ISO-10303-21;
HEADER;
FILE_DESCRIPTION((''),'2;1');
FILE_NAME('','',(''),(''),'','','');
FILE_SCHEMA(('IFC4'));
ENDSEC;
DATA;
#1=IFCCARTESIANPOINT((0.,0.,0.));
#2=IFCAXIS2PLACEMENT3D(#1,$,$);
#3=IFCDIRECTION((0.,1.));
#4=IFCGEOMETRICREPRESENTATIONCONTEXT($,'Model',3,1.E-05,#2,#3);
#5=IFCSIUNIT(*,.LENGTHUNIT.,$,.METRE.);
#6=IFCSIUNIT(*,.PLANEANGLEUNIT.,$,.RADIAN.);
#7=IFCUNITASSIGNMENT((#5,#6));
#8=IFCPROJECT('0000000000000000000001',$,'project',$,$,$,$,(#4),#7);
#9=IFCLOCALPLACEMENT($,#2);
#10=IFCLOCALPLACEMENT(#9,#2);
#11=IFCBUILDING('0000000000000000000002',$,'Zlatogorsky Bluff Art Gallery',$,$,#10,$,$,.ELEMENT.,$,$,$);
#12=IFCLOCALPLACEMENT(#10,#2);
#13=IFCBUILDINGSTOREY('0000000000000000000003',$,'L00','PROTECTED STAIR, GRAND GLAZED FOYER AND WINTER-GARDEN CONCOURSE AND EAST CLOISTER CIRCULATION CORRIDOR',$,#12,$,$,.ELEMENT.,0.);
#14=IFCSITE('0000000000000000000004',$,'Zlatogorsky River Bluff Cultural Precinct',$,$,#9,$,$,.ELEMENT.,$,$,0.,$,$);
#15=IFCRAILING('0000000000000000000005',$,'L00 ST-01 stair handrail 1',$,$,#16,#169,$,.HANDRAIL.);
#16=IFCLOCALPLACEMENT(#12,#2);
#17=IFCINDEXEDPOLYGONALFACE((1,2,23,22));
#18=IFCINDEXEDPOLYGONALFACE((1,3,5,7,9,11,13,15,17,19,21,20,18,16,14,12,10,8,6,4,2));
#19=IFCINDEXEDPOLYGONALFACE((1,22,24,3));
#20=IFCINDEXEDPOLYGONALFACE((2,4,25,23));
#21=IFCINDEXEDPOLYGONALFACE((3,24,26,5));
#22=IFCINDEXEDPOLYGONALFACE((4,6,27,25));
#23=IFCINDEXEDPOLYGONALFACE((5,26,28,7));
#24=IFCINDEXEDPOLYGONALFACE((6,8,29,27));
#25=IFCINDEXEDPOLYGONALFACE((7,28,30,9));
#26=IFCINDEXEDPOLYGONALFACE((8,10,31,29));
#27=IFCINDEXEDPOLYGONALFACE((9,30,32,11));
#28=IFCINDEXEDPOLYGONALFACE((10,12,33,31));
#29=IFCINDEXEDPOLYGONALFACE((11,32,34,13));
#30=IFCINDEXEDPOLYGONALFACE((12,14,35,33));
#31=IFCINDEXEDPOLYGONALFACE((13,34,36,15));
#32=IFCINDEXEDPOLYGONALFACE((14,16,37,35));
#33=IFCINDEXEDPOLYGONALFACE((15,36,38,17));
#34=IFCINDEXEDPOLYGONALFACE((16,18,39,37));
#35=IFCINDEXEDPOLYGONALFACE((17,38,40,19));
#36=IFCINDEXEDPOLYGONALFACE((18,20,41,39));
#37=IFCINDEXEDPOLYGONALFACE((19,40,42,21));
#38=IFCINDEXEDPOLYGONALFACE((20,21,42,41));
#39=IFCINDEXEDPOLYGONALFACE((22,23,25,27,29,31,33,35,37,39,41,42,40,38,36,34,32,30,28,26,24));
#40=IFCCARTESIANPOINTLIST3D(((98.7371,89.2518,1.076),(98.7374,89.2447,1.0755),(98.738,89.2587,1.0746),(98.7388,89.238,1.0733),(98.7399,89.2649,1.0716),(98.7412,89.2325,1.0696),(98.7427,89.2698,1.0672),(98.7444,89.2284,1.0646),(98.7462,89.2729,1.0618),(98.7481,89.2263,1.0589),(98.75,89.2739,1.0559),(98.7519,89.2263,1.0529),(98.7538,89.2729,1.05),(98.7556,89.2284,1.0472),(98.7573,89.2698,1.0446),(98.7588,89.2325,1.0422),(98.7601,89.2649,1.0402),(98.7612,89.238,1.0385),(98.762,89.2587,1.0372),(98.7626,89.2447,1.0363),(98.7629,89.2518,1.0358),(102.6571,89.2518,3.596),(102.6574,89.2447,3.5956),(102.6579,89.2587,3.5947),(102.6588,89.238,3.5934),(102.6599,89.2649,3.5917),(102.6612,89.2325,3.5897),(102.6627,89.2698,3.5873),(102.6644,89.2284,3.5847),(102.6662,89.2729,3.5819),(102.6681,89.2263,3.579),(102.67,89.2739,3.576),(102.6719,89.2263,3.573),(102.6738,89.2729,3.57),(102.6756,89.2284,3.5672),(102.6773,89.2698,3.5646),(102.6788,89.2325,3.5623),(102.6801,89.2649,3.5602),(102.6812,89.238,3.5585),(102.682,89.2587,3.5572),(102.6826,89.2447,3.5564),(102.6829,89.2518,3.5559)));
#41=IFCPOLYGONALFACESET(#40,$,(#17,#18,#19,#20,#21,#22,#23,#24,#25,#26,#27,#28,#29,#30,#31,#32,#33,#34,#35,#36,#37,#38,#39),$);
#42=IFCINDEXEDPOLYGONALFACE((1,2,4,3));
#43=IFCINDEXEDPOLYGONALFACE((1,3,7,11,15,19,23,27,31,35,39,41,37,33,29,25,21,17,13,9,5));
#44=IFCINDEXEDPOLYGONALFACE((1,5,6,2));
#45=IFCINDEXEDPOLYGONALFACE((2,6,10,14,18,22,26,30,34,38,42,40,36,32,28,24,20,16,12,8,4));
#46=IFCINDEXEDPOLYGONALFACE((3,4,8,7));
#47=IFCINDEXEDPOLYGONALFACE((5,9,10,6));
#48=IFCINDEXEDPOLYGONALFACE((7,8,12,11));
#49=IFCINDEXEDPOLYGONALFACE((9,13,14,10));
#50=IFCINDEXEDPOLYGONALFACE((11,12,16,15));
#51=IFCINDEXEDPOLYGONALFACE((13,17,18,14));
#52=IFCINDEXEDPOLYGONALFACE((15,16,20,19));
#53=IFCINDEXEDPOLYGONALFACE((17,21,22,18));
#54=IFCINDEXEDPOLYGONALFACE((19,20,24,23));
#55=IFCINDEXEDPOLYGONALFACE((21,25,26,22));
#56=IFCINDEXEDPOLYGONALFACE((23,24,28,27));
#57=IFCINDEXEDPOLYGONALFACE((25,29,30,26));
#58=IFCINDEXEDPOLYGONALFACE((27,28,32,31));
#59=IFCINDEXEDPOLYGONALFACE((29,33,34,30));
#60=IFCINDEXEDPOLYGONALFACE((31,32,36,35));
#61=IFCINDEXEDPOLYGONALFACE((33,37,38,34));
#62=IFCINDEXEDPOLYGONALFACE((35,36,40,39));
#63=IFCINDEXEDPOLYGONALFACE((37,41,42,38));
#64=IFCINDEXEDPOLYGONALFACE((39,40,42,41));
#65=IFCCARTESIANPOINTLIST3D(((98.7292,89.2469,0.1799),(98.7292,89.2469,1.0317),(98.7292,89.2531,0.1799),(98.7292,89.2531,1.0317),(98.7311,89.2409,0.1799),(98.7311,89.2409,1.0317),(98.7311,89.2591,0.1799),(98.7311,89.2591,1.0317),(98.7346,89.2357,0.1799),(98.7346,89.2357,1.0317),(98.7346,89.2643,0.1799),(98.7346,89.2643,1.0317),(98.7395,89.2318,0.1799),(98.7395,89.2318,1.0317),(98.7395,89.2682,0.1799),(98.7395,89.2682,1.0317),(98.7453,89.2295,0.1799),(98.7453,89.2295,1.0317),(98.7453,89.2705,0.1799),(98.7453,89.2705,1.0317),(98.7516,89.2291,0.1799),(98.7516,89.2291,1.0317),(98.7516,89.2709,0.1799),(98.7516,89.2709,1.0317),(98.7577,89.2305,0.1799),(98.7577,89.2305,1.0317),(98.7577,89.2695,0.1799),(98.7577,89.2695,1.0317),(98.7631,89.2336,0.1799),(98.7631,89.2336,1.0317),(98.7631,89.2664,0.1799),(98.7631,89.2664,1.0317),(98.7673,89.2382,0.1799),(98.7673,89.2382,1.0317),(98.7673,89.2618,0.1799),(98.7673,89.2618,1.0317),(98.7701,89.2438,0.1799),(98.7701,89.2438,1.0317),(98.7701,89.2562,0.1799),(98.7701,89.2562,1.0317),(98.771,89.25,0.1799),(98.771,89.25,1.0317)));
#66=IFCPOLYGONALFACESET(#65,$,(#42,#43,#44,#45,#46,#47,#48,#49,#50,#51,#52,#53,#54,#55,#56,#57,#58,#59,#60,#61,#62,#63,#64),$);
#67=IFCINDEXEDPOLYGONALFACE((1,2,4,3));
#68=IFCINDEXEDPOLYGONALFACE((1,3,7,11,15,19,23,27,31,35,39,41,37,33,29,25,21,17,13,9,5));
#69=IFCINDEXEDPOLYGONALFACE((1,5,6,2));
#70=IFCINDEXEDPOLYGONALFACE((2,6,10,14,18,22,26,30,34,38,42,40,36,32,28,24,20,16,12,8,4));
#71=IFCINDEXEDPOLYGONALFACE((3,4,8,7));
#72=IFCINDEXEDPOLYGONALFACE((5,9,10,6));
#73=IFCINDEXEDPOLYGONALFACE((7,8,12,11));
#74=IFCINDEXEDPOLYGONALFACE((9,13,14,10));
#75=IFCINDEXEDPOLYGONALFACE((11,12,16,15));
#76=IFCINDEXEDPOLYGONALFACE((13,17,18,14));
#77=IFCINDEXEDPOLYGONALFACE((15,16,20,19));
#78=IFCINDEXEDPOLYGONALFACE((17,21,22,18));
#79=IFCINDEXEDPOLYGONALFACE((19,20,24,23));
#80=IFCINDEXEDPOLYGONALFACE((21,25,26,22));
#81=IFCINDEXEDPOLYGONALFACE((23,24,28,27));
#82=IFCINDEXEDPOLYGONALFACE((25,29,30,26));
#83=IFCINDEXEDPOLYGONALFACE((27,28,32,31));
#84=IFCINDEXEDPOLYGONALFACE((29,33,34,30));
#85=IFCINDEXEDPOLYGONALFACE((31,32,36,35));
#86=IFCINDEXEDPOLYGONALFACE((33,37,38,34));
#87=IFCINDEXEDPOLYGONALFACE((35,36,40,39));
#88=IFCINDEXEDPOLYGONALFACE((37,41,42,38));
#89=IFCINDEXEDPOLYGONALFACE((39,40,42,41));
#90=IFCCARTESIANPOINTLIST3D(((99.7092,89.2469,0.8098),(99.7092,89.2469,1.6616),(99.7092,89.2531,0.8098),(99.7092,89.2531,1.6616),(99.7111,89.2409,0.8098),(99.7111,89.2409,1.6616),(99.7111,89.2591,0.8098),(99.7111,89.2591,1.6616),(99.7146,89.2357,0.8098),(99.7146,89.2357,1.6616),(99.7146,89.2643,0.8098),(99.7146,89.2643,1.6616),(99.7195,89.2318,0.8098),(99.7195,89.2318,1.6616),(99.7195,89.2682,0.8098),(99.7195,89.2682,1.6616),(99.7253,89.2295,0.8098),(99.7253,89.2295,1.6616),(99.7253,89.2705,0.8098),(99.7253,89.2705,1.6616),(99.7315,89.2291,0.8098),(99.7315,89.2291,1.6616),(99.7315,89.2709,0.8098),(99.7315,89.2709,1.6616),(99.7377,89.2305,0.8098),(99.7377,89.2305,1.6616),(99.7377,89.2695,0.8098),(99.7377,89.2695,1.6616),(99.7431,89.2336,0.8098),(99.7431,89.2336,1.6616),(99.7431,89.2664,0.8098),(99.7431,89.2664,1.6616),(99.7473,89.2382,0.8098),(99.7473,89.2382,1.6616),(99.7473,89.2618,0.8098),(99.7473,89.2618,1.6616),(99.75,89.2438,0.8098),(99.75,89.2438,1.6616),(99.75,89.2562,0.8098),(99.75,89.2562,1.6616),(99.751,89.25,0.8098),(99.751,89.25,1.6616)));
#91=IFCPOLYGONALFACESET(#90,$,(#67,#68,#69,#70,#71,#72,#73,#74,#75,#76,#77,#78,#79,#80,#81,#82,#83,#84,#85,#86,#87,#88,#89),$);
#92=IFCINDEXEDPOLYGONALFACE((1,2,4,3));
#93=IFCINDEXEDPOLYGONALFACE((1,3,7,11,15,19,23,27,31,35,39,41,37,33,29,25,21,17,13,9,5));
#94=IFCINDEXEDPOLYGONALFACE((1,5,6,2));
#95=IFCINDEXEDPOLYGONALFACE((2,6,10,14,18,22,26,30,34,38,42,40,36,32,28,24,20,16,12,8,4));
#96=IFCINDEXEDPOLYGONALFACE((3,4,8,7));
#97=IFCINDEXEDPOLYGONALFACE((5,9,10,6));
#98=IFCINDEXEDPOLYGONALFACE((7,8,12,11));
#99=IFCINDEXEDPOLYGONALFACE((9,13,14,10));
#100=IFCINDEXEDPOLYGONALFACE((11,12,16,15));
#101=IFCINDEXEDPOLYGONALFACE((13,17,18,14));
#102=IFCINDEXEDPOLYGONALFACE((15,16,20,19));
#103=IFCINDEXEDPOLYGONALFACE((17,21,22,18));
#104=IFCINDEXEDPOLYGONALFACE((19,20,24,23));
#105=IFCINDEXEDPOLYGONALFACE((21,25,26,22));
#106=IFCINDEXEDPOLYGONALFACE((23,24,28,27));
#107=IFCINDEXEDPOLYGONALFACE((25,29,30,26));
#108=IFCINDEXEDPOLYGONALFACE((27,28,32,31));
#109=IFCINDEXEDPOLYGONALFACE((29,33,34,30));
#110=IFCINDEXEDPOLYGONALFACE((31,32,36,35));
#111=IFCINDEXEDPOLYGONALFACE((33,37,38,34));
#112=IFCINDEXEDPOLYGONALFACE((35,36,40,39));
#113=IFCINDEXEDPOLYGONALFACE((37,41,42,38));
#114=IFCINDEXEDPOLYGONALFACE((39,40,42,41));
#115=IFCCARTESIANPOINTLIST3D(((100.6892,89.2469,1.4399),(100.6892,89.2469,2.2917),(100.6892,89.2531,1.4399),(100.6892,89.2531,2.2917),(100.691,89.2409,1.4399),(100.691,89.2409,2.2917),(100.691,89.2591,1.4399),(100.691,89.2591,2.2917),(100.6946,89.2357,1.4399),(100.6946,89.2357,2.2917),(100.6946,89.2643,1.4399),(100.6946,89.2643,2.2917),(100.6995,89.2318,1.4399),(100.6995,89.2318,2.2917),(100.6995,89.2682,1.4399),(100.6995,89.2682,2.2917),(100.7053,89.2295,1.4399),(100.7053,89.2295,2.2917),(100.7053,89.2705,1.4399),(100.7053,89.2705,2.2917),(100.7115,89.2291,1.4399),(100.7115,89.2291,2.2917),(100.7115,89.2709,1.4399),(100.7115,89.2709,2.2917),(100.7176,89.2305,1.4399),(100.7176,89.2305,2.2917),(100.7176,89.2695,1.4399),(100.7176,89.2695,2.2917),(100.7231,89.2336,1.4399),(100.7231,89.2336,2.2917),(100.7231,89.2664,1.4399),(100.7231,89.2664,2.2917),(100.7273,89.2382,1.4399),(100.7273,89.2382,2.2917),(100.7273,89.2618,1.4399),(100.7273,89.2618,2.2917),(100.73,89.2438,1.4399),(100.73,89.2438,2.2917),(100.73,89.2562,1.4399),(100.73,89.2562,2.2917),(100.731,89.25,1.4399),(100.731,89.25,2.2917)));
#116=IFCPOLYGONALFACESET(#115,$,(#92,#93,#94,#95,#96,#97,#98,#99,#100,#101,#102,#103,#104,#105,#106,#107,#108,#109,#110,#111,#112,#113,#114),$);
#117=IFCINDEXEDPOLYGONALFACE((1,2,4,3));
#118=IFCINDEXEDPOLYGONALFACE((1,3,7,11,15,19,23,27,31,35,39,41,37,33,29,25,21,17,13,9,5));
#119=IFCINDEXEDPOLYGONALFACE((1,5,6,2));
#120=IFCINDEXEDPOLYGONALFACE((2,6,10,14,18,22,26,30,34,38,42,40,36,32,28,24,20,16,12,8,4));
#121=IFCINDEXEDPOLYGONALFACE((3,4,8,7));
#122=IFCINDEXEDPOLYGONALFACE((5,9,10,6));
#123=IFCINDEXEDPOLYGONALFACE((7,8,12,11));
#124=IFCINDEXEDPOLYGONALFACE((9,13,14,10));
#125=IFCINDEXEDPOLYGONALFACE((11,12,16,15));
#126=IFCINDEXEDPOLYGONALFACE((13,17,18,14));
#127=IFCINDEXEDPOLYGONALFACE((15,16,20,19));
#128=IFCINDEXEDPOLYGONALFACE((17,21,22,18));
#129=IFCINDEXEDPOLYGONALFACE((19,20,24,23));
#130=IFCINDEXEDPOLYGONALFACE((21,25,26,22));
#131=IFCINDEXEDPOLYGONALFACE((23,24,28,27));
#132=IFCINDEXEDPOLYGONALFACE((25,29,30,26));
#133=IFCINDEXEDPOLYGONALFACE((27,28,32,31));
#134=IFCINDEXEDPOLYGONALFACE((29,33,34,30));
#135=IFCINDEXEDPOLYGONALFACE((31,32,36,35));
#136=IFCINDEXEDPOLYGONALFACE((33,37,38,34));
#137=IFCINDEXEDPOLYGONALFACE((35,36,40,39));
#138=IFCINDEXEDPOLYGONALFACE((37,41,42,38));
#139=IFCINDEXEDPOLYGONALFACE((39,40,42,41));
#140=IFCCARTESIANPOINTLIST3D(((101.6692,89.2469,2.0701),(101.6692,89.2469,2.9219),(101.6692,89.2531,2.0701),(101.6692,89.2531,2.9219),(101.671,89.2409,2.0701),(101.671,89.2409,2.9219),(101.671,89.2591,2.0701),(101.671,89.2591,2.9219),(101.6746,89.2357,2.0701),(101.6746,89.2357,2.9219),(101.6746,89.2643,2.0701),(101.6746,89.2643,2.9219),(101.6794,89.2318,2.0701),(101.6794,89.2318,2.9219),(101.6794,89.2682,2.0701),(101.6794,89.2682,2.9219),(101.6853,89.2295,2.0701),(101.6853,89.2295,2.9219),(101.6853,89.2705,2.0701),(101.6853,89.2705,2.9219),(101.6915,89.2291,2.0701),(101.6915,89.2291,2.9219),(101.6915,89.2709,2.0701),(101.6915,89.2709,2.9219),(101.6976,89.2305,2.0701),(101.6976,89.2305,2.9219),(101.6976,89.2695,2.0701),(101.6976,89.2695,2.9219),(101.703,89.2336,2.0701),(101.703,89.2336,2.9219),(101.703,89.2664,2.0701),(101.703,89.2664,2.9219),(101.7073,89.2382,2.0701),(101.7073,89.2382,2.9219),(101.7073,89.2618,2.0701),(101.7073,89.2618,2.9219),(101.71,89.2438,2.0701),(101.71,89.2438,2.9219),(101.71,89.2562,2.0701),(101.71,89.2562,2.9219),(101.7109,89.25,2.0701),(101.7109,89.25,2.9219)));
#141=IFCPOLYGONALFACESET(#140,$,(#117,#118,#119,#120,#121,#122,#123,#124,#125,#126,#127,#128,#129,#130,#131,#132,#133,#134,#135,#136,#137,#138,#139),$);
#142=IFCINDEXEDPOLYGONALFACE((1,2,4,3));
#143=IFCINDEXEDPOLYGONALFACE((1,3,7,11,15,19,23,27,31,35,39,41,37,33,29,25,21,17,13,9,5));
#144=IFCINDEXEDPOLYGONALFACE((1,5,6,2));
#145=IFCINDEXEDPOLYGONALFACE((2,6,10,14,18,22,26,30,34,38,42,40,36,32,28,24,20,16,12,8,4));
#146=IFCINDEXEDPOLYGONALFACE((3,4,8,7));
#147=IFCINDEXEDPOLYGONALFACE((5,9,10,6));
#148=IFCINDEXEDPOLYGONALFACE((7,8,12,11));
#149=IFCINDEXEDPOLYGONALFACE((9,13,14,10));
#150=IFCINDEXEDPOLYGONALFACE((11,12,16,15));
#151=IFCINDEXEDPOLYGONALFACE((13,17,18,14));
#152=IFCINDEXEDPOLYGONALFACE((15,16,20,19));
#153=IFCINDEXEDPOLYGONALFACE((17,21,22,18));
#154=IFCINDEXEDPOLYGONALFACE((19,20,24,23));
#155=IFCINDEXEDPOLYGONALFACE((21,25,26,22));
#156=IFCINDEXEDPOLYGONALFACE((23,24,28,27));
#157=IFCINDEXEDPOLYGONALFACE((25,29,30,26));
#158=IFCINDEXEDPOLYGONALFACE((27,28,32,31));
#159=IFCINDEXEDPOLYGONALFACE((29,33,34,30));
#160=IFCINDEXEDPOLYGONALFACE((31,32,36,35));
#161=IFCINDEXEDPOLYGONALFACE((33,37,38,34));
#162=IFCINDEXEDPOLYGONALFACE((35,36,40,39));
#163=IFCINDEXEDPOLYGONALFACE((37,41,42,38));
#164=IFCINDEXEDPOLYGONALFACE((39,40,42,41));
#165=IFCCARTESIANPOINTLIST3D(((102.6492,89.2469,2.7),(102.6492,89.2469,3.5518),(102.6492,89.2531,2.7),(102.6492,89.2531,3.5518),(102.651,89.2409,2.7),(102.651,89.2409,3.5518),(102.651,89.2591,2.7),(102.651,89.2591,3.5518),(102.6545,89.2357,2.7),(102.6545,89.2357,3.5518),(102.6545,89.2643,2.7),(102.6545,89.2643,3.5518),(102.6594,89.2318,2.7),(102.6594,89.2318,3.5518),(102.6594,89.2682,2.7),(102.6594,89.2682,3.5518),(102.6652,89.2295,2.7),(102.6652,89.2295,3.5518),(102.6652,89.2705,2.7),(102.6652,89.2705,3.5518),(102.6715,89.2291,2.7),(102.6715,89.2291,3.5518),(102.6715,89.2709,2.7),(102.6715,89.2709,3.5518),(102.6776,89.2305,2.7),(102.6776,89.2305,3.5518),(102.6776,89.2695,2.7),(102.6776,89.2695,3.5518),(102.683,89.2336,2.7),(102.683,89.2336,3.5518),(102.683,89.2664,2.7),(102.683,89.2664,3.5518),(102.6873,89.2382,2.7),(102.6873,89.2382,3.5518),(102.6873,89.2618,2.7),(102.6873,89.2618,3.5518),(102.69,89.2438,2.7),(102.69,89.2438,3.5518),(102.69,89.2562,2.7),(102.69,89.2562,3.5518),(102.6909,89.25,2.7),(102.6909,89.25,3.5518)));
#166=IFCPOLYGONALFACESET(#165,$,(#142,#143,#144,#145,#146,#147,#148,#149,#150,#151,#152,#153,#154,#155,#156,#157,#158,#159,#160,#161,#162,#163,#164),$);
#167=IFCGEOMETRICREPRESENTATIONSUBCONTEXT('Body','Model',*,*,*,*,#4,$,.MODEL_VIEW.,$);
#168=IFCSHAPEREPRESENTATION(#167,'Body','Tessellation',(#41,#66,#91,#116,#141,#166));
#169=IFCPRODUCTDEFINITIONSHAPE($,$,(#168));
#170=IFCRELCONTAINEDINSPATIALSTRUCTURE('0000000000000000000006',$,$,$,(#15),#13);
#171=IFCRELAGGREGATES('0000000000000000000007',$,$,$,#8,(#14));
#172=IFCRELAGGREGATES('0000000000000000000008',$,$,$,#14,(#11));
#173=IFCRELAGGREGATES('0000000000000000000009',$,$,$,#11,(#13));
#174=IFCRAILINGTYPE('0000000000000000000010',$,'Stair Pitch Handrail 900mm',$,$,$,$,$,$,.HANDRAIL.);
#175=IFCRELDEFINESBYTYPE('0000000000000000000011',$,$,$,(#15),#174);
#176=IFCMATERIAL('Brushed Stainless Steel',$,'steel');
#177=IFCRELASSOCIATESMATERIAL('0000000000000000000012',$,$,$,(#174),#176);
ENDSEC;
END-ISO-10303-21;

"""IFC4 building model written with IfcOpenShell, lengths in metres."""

from ifc_helpers import new_model, si_unit, direction, frame, origin, origin_2d, place, context, subcontext, project, spatial, circle, extrude, material, type_object, element, save


model = new_model("IFC4")

# Units and contexts
model_context = context("Model", 3, precision=1e-05, world=origin(), true_north=direction((0.0, 1.0)))
body_context = subcontext(model_context, "Body", "Model", "MODEL_VIEW")
ifc_project = project(units=[si_unit("LENGTHUNIT", "METRE"), si_unit("PLANEANGLEUNIT", "RADIAN")], contexts=[model_context])

# Site, building, storey
site_placement = place(None, origin())
site = spatial("IfcSite", under=ifc_project, at=site_placement, Name="Zlatogorsky River Bluff Cultural Precinct", CompositionType="ELEMENT", RefElevation=0.0)
building_placement = place(site_placement, origin())
building = spatial("IfcBuilding", under=site, at=building_placement, Name="Zlatogorsky Bluff Art Gallery", CompositionType="ELEMENT")
storey_placement = place(building_placement, origin())
storey = spatial("IfcBuildingStorey", under=building, at=storey_placement, Name="L00", Description="PROTECTED STAIR, GRAND GLAZED FOYER AND WINTER-GARDEN CONCOURSE AND EAST CLOISTER CIRCULATION CORRIDOR", CompositionType="ELEMENT", Elevation=0.0)

# Railing
ifc_material_1 = material(Name="Brushed Stainless Steel", Category="steel")
railing_type = type_object("IfcRailingType", Name="Stair Pitch Handrail 900mm", PredefinedType="HANDRAIL", material=ifc_material_1)
railing_placement = place(storey_placement, frame((98.75, 89.25, 0.1799)))
element("IfcRailing", 1, at=railing_placement, inside=storey, type_object=railing_type, Name="L00 ST-01 stair handrail 1", PredefinedType="HANDRAIL", context=body_context, shape_type="SweptSolid", body=[
    extrude(circle(Radius=0.0239, at=origin_2d()), frame((0.0, 0.0, 0.876), z_axis=(0.841172, 0.0, 0.540768), x_axis=(0.0, 1.0, 0.0)), (0.0, 0.0, 1.0), 4.6602),
    extrude(circle(Radius=0.021, at=origin_2d()), origin(), (0.0, 0.0, 1.0), 0.8518),
    extrude(circle(Radius=0.021, at=origin_2d()), frame((0.98, 0.0, 0.6299)), (0.0, 0.0, 1.0), 0.8518),
    extrude(circle(Radius=0.021, at=origin_2d()), frame((1.96, 0.0, 1.26)), (0.0, 0.0, 1.0), 0.8518),
    extrude(circle(Radius=0.021, at=origin_2d()), frame((2.9399, 0.0, 1.8901)), (0.0, 0.0, 1.0), 0.8518),
    extrude(circle(Radius=0.021, at=origin_2d()), frame((3.9199, 0.0, 2.52)), (0.0, 0.0, 1.0), 0.8518),
])

save(model, "model.ifc")
